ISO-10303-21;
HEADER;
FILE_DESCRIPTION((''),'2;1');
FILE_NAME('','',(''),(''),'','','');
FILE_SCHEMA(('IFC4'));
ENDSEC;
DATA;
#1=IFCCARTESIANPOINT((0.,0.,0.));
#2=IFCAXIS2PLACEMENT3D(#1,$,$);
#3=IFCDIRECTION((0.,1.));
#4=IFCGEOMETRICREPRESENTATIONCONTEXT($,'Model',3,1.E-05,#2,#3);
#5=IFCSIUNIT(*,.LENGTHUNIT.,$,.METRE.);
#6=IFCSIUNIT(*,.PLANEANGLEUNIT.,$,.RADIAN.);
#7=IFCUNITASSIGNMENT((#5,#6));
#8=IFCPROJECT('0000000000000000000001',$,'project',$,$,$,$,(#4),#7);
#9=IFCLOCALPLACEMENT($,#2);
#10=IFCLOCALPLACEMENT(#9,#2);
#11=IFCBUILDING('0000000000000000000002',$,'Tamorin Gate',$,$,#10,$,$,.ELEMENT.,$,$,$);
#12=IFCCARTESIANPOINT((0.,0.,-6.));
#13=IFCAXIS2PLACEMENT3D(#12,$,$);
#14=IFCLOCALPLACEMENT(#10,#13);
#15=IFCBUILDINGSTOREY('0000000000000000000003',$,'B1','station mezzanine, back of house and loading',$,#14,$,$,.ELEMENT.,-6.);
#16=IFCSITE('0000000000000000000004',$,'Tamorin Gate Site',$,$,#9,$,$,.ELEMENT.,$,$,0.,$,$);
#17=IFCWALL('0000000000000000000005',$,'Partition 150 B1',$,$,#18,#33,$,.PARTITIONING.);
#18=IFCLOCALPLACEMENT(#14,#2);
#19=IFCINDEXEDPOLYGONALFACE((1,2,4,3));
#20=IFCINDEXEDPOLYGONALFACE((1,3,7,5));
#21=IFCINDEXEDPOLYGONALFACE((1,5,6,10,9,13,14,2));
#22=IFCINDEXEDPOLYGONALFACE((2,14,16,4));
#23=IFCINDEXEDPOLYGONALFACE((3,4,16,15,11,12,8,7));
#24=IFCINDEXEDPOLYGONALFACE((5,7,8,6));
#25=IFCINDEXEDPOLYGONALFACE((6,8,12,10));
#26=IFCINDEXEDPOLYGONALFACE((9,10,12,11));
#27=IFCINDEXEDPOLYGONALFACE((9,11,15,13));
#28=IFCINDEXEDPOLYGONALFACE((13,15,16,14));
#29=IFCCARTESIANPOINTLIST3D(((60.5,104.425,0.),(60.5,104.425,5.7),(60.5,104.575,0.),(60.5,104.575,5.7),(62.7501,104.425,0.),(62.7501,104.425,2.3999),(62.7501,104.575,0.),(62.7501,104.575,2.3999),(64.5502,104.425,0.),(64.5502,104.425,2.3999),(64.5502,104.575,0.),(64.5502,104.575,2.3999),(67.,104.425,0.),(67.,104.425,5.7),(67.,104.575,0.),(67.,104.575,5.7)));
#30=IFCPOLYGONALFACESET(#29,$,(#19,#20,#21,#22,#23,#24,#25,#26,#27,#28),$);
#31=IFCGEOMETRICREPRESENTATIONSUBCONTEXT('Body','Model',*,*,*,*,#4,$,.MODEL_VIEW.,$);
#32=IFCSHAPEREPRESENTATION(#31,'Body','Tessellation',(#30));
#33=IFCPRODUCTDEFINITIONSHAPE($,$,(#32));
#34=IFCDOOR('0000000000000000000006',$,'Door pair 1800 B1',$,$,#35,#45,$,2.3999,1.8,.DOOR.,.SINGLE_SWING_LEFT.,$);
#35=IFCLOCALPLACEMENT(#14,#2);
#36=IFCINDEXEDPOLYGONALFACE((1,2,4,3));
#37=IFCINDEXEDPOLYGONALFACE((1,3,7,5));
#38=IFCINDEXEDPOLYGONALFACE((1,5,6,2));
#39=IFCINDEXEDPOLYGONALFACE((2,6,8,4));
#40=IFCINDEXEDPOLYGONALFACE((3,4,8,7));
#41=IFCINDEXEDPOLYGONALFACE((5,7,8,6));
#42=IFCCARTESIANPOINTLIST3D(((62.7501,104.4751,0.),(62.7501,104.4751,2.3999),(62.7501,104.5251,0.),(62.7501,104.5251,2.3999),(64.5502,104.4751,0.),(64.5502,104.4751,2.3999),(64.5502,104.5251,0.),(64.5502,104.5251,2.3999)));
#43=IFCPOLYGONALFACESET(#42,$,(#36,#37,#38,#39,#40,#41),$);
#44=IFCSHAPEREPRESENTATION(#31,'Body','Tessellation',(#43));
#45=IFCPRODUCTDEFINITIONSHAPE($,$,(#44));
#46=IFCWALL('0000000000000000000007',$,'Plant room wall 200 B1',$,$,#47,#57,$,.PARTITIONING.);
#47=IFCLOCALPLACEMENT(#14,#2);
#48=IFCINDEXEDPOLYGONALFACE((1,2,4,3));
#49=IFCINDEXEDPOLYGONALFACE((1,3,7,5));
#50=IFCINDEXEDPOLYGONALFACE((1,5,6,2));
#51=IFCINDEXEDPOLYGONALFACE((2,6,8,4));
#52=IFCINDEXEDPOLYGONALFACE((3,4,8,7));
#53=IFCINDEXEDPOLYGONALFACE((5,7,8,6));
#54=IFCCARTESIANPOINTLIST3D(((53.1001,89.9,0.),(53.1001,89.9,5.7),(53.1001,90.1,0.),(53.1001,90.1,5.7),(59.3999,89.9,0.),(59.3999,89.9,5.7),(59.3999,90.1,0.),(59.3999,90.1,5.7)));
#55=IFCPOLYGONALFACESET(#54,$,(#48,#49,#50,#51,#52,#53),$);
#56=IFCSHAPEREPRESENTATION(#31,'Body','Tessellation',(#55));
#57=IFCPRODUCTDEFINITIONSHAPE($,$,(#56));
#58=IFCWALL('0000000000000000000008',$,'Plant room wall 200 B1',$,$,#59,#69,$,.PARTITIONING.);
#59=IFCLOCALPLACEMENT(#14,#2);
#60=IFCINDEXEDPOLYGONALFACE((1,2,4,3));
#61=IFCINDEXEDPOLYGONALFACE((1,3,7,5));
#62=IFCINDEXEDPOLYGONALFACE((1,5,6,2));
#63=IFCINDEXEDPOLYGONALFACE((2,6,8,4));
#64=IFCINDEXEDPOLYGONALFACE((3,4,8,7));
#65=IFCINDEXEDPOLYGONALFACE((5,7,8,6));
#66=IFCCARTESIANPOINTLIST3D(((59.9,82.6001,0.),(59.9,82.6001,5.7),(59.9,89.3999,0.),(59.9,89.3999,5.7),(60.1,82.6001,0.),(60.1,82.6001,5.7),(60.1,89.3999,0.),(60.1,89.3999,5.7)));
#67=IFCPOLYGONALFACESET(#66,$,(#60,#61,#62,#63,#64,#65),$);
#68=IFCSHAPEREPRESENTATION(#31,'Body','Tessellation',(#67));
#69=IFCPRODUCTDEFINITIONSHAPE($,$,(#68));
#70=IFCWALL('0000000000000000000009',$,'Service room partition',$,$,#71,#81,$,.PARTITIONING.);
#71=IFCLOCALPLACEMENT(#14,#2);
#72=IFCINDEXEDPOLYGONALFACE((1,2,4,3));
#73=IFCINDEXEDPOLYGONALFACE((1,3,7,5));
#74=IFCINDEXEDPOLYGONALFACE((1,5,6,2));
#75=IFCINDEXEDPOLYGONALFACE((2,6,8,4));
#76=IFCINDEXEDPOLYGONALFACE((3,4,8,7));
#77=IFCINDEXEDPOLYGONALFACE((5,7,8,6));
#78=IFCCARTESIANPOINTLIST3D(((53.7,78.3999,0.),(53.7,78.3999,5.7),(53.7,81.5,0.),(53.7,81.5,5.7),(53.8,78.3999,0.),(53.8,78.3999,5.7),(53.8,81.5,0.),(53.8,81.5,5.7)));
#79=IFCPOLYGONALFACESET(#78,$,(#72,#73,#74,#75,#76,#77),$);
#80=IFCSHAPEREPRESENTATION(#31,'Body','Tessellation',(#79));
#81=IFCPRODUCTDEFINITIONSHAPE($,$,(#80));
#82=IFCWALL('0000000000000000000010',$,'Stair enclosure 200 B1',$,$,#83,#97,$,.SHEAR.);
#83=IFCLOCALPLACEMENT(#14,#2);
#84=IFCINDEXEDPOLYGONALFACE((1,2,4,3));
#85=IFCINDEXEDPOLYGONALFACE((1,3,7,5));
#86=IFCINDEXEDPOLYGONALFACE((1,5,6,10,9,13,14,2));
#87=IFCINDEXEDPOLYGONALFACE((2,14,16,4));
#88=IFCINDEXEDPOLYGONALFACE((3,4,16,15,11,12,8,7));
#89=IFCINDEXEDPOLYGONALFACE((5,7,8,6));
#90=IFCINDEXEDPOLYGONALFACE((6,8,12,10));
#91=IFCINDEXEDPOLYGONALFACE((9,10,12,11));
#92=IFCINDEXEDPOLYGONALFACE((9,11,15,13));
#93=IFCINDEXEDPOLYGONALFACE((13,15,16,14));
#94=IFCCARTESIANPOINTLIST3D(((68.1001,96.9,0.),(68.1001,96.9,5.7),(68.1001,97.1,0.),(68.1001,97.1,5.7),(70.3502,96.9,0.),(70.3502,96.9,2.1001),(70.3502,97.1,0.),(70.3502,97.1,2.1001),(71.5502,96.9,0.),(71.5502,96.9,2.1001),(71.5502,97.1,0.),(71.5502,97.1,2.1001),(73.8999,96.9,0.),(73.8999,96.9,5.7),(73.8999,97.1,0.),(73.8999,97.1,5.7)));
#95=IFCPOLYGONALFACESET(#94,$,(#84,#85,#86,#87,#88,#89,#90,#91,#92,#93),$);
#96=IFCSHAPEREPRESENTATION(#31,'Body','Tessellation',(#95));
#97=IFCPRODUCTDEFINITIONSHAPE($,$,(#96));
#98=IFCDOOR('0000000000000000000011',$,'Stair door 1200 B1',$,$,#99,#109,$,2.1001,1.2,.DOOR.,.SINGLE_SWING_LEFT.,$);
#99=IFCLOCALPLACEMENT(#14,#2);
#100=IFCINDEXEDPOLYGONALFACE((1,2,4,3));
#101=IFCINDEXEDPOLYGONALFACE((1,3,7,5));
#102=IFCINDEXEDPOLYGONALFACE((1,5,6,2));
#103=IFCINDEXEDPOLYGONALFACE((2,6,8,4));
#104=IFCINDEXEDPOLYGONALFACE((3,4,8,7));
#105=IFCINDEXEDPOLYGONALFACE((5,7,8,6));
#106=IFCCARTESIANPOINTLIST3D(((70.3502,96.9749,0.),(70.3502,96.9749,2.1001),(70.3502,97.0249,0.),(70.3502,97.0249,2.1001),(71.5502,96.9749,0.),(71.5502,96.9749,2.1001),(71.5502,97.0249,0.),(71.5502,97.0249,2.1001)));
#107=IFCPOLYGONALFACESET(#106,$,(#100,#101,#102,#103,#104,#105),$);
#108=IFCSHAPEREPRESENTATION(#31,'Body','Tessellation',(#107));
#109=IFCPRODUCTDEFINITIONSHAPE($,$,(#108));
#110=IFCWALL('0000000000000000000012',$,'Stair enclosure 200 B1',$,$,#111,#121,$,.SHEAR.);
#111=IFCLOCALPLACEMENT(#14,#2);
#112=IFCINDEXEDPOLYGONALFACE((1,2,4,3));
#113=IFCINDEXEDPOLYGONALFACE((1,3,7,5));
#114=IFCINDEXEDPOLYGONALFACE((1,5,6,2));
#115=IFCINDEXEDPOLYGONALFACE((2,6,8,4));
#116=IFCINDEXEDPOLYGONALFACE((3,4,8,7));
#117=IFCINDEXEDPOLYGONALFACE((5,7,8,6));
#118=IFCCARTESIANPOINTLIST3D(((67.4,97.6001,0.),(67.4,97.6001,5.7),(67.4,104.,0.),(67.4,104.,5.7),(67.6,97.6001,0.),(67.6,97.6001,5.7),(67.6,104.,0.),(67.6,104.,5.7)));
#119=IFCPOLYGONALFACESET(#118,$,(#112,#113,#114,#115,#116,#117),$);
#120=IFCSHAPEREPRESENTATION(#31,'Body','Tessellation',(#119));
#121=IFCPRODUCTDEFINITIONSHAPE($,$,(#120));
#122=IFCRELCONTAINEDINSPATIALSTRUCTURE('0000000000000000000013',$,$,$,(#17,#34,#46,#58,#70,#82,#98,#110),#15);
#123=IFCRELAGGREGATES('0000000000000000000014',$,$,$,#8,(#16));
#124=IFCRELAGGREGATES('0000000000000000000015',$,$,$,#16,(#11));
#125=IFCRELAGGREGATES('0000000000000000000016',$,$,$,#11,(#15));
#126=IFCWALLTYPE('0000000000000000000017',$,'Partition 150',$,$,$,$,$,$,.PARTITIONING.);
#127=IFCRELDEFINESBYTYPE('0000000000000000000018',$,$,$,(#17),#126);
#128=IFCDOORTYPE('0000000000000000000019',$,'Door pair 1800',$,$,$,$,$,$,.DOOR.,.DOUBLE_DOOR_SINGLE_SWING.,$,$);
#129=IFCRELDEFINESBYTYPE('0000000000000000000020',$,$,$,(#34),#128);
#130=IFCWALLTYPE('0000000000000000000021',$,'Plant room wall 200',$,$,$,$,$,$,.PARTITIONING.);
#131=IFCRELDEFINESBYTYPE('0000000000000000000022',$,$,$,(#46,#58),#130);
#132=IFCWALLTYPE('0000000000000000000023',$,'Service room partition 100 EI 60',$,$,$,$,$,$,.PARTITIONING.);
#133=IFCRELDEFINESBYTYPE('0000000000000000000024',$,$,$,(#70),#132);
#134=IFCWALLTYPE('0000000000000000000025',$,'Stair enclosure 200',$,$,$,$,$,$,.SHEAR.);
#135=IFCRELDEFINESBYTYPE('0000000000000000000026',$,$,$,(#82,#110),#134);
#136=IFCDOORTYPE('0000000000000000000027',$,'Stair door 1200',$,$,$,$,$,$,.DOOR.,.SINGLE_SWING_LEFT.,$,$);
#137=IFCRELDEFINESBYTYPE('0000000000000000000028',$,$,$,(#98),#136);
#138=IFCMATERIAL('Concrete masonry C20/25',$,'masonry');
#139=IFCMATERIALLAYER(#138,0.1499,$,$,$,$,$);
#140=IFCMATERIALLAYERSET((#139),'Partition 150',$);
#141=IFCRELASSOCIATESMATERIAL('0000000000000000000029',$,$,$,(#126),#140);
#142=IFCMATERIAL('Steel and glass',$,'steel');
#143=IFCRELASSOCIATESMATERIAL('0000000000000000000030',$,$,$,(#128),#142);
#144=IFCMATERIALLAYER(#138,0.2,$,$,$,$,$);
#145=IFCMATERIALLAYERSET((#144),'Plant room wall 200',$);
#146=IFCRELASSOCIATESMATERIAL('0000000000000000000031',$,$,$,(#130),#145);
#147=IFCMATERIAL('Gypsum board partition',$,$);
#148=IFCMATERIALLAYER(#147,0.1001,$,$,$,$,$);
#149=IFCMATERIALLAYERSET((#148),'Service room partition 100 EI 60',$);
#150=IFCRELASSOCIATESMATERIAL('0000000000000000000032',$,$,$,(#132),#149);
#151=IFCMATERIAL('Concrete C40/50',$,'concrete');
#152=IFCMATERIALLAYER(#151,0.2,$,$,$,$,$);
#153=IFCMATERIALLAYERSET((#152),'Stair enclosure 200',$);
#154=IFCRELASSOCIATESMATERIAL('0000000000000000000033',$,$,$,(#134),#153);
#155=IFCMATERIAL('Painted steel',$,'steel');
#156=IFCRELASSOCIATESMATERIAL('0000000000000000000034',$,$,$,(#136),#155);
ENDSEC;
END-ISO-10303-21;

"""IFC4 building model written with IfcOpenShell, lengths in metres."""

from ifc_helpers import new_model, si_unit, direction, frame, frame_2d, origin, place, context, subcontext, project, spatial, rectangle, extrude, material, layer, layer_set, type_object, element, fill, save


model = new_model("IFC4")

# Units and contexts
model_context = context("Model", 3, precision=1e-05, world=origin(), true_north=direction((0.0, 1.0)))
body_context = subcontext(model_context, "Body", "Model", "MODEL_VIEW")
ifc_project = project(units=[si_unit("LENGTHUNIT", "METRE"), si_unit("PLANEANGLEUNIT", "RADIAN")], contexts=[model_context])

# Site, building, storey
site_placement = place(None, origin())
site = spatial("IfcSite", under=ifc_project, at=site_placement, Name="Tamorin Gate Site", CompositionType="ELEMENT", RefElevation=0.0)
building_placement = place(site_placement, origin())
building = spatial("IfcBuilding", under=site, at=building_placement, Name="Tamorin Gate", CompositionType="ELEMENT")
storey_placement = place(building_placement, frame((0.0, 0.0, -6.0)))
storey = spatial("IfcBuildingStorey", under=building, at=storey_placement, Name="B1", Description="station mezzanine, back of house and loading", CompositionType="ELEMENT", Elevation=-6.0)

# Shared definitions
ifc_material_1 = material(Name="Concrete masonry C20/25", Category="masonry")
ifc_layer_1 = layer(ifc_material_1, 0.1499)
ifc_layer_set_1 = layer_set([ifc_layer_1], Name="Partition 150")
wall_type_1 = type_object("IfcWallType", Name="Partition 150", PredefinedType="PARTITIONING", material=ifc_layer_set_1)

# Shared definitions
ifc_material_2 = material(Name="Steel and glass", Category="steel")
door_type_1 = type_object("IfcDoorType", Name="Door pair 1800", OperationType="DOUBLE_DOOR_SINGLE_SWING", PredefinedType="DOOR", material=ifc_material_2)

# Wall, opening, door
wall_1_placement = place(storey_placement, frame((67.0, 104.5, 0.0), z_axis=(0.0, 0.0, 1.0), x_axis=(-1.0, 0.0, 0.0)))
wall_1 = element("IfcWall", 1, at=wall_1_placement, inside=storey, type_object=wall_type_1, Name="Partition 150 B1", PredefinedType="PARTITIONING", context=body_context, shape_type="SweptSolid", body=[
    extrude(rectangle(XDim=6.5, YDim=0.1499, at=frame_2d((3.25, 0.0))), origin(), (0.0, 0.0, 1.0), 5.7),
])
opening_1_placement = place(wall_1_placement, frame((2.45, 0.0, 0.0)))
opening_1 = element("IfcOpeningElement", 2, at=opening_1_placement, cuts=wall_1, PredefinedType="OPENING", context=body_context, shape_type="SweptSolid", body=[
    extrude(rectangle(XDim=1.8, YDim=2.3999, at=frame_2d((0.8999, 1.2))), frame((0.0, 0.085, 0.0), z_axis=(0.0, -1.0, 0.0), x_axis=(1.0, 0.0, 0.0)), (0.0, 0.0, 1.0), 0.1699),
])
door_1_placement = place(opening_1_placement, origin())
door_1 = element("IfcDoor", 3, at=door_1_placement, inside=storey, type_object=door_type_1, Name="Door pair 1800 B1", OperationType="SINGLE_SWING_LEFT", OverallHeight=2.3999, OverallWidth=1.8, PredefinedType="DOOR", context=body_context, shape_type="SweptSolid", body=[
    extrude(rectangle(XDim=1.8, YDim=2.3999, at=frame_2d((0.8999, 1.2))), frame((0.0, 0.0249, 0.0), z_axis=(0.0, -1.0, 0.0), x_axis=(1.0, 0.0, 0.0)), (0.0, 0.0, 1.0), 0.05),
])
fill(opening_1, door_1)

# Walls
ifc_layer_2 = layer(ifc_material_1, 0.2)
ifc_layer_set_2 = layer_set([ifc_layer_2], Name="Plant room wall 200")
wall_type_2 = type_object("IfcWallType", Name="Plant room wall 200", PredefinedType="PARTITIONING", material=ifc_layer_set_2)
wall_2_placement = place(storey_placement, frame((53.1001, 90.0, 0.0), z_axis=(0.0, 0.0, 1.0), x_axis=(1.0, 0.0, 0.0)))
element("IfcWall", 4, at=wall_2_placement, inside=storey, type_object=wall_type_2, Name="Plant room wall 200 B1", PredefinedType="PARTITIONING", context=body_context, shape_type="SweptSolid", body=[
    extrude(rectangle(XDim=6.2998, YDim=0.2, at=frame_2d((3.1499, 0.0))), origin(), (0.0, 0.0, 1.0), 5.7),
])
wall_3_placement = place(storey_placement, frame((60.0, 82.6001, 0.0), z_axis=(0.0, 0.0, 1.0), x_axis=(0.0, 1.0, 0.0)))
element("IfcWall", 5, at=wall_3_placement, inside=storey, type_object=wall_type_2, Name="Plant room wall 200 B1", PredefinedType="PARTITIONING", context=body_context, shape_type="SweptSolid", body=[
    extrude(rectangle(XDim=6.7998, YDim=0.2, at=frame_2d((3.3999, 0.0))), origin(), (0.0, 0.0, 1.0), 5.7),
])
ifc_material_3 = material(Name="Gypsum board partition")
ifc_layer_3 = layer(ifc_material_3, 0.1001)
ifc_layer_set_3 = layer_set([ifc_layer_3], Name="Service room partition 100 EI 60")
wall_type_3 = type_object("IfcWallType", Name="Service room partition 100 EI 60", PredefinedType="PARTITIONING", material=ifc_layer_set_3)
wall_4_placement = place(storey_placement, frame((53.75, 78.3999, 0.0), z_axis=(0.0, 0.0, 1.0), x_axis=(0.0, 1.0, 0.0)))
element("IfcWall", 6, at=wall_4_placement, inside=storey, type_object=wall_type_3, Name="Service room partition", PredefinedType="PARTITIONING", context=body_context, shape_type="SweptSolid", body=[
    extrude(rectangle(XDim=3.1001, YDim=0.1001, at=frame_2d((1.55, 0.0))), origin(), (0.0, 0.0, 1.0), 5.7),
])

# Wall, opening, door
ifc_material_4 = material(Name="Concrete C40/50", Category="concrete")
ifc_layer_4 = layer(ifc_material_4, 0.2)
ifc_layer_set_4 = layer_set([ifc_layer_4], Name="Stair enclosure 200")
wall_type_4 = type_object("IfcWallType", Name="Stair enclosure 200", PredefinedType="SHEAR", material=ifc_layer_set_4)
wall_5_placement = place(storey_placement, frame((68.1001, 97.0, 0.0), z_axis=(0.0, 0.0, 1.0), x_axis=(1.0, 0.0, 0.0)))
wall_5 = element("IfcWall", 7, at=wall_5_placement, inside=storey, type_object=wall_type_4, Name="Stair enclosure 200 B1", PredefinedType="SHEAR", context=body_context, shape_type="SweptSolid", body=[
    extrude(rectangle(XDim=5.7998, YDim=0.2, at=frame_2d((2.8999, 0.0))), origin(), (0.0, 0.0, 1.0), 5.7),
])
opening_2_placement = place(wall_5_placement, frame((2.25, 0.0, 0.0)))
opening_2 = element("IfcOpeningElement", 8, at=opening_2_placement, cuts=wall_5, PredefinedType="OPENING", context=body_context, shape_type="SweptSolid", body=[
    extrude(rectangle(XDim=1.2, YDim=2.1001, at=frame_2d((0.6001, 1.05))), frame((0.0, 0.1099, 0.0), z_axis=(0.0, -1.0, 0.0), x_axis=(1.0, 0.0, 0.0)), (0.0, 0.0, 1.0), 0.22),
])
ifc_material_5 = material(Name="Painted steel", Category="steel")
door_type_2 = type_object("IfcDoorType", Name="Stair door 1200", OperationType="SINGLE_SWING_LEFT", PredefinedType="DOOR", material=ifc_material_5)
door_2_placement = place(opening_2_placement, origin())
door_2 = element("IfcDoor", 9, at=door_2_placement, inside=storey, type_object=door_type_2, Name="Stair door 1200 B1", OperationType="SINGLE_SWING_LEFT", OverallHeight=2.1001, OverallWidth=1.2, PredefinedType="DOOR", context=body_context, shape_type="SweptSolid", body=[
    extrude(rectangle(XDim=1.2, YDim=2.1001, at=frame_2d((0.6001, 1.05))), frame((0.0, 0.0249, 0.0), z_axis=(0.0, -1.0, 0.0), x_axis=(1.0, 0.0, 0.0)), (0.0, 0.0, 1.0), 0.05),
])
fill(opening_2, door_2)

# Wall
wall_6_placement = place(storey_placement, frame((67.5, 97.6001, 0.0), z_axis=(0.0, 0.0, 1.0), x_axis=(0.0, 1.0, 0.0)))
element("IfcWall", 10, at=wall_6_placement, inside=storey, type_object=wall_type_4, Name="Stair enclosure 200 B1", PredefinedType="SHEAR", context=body_context, shape_type="SweptSolid", body=[
    extrude(rectangle(XDim=6.3999, YDim=0.2, at=frame_2d((3.2, 0.0))), origin(), (0.0, 0.0, 1.0), 5.7),
])

save(model, "model.ifc")
